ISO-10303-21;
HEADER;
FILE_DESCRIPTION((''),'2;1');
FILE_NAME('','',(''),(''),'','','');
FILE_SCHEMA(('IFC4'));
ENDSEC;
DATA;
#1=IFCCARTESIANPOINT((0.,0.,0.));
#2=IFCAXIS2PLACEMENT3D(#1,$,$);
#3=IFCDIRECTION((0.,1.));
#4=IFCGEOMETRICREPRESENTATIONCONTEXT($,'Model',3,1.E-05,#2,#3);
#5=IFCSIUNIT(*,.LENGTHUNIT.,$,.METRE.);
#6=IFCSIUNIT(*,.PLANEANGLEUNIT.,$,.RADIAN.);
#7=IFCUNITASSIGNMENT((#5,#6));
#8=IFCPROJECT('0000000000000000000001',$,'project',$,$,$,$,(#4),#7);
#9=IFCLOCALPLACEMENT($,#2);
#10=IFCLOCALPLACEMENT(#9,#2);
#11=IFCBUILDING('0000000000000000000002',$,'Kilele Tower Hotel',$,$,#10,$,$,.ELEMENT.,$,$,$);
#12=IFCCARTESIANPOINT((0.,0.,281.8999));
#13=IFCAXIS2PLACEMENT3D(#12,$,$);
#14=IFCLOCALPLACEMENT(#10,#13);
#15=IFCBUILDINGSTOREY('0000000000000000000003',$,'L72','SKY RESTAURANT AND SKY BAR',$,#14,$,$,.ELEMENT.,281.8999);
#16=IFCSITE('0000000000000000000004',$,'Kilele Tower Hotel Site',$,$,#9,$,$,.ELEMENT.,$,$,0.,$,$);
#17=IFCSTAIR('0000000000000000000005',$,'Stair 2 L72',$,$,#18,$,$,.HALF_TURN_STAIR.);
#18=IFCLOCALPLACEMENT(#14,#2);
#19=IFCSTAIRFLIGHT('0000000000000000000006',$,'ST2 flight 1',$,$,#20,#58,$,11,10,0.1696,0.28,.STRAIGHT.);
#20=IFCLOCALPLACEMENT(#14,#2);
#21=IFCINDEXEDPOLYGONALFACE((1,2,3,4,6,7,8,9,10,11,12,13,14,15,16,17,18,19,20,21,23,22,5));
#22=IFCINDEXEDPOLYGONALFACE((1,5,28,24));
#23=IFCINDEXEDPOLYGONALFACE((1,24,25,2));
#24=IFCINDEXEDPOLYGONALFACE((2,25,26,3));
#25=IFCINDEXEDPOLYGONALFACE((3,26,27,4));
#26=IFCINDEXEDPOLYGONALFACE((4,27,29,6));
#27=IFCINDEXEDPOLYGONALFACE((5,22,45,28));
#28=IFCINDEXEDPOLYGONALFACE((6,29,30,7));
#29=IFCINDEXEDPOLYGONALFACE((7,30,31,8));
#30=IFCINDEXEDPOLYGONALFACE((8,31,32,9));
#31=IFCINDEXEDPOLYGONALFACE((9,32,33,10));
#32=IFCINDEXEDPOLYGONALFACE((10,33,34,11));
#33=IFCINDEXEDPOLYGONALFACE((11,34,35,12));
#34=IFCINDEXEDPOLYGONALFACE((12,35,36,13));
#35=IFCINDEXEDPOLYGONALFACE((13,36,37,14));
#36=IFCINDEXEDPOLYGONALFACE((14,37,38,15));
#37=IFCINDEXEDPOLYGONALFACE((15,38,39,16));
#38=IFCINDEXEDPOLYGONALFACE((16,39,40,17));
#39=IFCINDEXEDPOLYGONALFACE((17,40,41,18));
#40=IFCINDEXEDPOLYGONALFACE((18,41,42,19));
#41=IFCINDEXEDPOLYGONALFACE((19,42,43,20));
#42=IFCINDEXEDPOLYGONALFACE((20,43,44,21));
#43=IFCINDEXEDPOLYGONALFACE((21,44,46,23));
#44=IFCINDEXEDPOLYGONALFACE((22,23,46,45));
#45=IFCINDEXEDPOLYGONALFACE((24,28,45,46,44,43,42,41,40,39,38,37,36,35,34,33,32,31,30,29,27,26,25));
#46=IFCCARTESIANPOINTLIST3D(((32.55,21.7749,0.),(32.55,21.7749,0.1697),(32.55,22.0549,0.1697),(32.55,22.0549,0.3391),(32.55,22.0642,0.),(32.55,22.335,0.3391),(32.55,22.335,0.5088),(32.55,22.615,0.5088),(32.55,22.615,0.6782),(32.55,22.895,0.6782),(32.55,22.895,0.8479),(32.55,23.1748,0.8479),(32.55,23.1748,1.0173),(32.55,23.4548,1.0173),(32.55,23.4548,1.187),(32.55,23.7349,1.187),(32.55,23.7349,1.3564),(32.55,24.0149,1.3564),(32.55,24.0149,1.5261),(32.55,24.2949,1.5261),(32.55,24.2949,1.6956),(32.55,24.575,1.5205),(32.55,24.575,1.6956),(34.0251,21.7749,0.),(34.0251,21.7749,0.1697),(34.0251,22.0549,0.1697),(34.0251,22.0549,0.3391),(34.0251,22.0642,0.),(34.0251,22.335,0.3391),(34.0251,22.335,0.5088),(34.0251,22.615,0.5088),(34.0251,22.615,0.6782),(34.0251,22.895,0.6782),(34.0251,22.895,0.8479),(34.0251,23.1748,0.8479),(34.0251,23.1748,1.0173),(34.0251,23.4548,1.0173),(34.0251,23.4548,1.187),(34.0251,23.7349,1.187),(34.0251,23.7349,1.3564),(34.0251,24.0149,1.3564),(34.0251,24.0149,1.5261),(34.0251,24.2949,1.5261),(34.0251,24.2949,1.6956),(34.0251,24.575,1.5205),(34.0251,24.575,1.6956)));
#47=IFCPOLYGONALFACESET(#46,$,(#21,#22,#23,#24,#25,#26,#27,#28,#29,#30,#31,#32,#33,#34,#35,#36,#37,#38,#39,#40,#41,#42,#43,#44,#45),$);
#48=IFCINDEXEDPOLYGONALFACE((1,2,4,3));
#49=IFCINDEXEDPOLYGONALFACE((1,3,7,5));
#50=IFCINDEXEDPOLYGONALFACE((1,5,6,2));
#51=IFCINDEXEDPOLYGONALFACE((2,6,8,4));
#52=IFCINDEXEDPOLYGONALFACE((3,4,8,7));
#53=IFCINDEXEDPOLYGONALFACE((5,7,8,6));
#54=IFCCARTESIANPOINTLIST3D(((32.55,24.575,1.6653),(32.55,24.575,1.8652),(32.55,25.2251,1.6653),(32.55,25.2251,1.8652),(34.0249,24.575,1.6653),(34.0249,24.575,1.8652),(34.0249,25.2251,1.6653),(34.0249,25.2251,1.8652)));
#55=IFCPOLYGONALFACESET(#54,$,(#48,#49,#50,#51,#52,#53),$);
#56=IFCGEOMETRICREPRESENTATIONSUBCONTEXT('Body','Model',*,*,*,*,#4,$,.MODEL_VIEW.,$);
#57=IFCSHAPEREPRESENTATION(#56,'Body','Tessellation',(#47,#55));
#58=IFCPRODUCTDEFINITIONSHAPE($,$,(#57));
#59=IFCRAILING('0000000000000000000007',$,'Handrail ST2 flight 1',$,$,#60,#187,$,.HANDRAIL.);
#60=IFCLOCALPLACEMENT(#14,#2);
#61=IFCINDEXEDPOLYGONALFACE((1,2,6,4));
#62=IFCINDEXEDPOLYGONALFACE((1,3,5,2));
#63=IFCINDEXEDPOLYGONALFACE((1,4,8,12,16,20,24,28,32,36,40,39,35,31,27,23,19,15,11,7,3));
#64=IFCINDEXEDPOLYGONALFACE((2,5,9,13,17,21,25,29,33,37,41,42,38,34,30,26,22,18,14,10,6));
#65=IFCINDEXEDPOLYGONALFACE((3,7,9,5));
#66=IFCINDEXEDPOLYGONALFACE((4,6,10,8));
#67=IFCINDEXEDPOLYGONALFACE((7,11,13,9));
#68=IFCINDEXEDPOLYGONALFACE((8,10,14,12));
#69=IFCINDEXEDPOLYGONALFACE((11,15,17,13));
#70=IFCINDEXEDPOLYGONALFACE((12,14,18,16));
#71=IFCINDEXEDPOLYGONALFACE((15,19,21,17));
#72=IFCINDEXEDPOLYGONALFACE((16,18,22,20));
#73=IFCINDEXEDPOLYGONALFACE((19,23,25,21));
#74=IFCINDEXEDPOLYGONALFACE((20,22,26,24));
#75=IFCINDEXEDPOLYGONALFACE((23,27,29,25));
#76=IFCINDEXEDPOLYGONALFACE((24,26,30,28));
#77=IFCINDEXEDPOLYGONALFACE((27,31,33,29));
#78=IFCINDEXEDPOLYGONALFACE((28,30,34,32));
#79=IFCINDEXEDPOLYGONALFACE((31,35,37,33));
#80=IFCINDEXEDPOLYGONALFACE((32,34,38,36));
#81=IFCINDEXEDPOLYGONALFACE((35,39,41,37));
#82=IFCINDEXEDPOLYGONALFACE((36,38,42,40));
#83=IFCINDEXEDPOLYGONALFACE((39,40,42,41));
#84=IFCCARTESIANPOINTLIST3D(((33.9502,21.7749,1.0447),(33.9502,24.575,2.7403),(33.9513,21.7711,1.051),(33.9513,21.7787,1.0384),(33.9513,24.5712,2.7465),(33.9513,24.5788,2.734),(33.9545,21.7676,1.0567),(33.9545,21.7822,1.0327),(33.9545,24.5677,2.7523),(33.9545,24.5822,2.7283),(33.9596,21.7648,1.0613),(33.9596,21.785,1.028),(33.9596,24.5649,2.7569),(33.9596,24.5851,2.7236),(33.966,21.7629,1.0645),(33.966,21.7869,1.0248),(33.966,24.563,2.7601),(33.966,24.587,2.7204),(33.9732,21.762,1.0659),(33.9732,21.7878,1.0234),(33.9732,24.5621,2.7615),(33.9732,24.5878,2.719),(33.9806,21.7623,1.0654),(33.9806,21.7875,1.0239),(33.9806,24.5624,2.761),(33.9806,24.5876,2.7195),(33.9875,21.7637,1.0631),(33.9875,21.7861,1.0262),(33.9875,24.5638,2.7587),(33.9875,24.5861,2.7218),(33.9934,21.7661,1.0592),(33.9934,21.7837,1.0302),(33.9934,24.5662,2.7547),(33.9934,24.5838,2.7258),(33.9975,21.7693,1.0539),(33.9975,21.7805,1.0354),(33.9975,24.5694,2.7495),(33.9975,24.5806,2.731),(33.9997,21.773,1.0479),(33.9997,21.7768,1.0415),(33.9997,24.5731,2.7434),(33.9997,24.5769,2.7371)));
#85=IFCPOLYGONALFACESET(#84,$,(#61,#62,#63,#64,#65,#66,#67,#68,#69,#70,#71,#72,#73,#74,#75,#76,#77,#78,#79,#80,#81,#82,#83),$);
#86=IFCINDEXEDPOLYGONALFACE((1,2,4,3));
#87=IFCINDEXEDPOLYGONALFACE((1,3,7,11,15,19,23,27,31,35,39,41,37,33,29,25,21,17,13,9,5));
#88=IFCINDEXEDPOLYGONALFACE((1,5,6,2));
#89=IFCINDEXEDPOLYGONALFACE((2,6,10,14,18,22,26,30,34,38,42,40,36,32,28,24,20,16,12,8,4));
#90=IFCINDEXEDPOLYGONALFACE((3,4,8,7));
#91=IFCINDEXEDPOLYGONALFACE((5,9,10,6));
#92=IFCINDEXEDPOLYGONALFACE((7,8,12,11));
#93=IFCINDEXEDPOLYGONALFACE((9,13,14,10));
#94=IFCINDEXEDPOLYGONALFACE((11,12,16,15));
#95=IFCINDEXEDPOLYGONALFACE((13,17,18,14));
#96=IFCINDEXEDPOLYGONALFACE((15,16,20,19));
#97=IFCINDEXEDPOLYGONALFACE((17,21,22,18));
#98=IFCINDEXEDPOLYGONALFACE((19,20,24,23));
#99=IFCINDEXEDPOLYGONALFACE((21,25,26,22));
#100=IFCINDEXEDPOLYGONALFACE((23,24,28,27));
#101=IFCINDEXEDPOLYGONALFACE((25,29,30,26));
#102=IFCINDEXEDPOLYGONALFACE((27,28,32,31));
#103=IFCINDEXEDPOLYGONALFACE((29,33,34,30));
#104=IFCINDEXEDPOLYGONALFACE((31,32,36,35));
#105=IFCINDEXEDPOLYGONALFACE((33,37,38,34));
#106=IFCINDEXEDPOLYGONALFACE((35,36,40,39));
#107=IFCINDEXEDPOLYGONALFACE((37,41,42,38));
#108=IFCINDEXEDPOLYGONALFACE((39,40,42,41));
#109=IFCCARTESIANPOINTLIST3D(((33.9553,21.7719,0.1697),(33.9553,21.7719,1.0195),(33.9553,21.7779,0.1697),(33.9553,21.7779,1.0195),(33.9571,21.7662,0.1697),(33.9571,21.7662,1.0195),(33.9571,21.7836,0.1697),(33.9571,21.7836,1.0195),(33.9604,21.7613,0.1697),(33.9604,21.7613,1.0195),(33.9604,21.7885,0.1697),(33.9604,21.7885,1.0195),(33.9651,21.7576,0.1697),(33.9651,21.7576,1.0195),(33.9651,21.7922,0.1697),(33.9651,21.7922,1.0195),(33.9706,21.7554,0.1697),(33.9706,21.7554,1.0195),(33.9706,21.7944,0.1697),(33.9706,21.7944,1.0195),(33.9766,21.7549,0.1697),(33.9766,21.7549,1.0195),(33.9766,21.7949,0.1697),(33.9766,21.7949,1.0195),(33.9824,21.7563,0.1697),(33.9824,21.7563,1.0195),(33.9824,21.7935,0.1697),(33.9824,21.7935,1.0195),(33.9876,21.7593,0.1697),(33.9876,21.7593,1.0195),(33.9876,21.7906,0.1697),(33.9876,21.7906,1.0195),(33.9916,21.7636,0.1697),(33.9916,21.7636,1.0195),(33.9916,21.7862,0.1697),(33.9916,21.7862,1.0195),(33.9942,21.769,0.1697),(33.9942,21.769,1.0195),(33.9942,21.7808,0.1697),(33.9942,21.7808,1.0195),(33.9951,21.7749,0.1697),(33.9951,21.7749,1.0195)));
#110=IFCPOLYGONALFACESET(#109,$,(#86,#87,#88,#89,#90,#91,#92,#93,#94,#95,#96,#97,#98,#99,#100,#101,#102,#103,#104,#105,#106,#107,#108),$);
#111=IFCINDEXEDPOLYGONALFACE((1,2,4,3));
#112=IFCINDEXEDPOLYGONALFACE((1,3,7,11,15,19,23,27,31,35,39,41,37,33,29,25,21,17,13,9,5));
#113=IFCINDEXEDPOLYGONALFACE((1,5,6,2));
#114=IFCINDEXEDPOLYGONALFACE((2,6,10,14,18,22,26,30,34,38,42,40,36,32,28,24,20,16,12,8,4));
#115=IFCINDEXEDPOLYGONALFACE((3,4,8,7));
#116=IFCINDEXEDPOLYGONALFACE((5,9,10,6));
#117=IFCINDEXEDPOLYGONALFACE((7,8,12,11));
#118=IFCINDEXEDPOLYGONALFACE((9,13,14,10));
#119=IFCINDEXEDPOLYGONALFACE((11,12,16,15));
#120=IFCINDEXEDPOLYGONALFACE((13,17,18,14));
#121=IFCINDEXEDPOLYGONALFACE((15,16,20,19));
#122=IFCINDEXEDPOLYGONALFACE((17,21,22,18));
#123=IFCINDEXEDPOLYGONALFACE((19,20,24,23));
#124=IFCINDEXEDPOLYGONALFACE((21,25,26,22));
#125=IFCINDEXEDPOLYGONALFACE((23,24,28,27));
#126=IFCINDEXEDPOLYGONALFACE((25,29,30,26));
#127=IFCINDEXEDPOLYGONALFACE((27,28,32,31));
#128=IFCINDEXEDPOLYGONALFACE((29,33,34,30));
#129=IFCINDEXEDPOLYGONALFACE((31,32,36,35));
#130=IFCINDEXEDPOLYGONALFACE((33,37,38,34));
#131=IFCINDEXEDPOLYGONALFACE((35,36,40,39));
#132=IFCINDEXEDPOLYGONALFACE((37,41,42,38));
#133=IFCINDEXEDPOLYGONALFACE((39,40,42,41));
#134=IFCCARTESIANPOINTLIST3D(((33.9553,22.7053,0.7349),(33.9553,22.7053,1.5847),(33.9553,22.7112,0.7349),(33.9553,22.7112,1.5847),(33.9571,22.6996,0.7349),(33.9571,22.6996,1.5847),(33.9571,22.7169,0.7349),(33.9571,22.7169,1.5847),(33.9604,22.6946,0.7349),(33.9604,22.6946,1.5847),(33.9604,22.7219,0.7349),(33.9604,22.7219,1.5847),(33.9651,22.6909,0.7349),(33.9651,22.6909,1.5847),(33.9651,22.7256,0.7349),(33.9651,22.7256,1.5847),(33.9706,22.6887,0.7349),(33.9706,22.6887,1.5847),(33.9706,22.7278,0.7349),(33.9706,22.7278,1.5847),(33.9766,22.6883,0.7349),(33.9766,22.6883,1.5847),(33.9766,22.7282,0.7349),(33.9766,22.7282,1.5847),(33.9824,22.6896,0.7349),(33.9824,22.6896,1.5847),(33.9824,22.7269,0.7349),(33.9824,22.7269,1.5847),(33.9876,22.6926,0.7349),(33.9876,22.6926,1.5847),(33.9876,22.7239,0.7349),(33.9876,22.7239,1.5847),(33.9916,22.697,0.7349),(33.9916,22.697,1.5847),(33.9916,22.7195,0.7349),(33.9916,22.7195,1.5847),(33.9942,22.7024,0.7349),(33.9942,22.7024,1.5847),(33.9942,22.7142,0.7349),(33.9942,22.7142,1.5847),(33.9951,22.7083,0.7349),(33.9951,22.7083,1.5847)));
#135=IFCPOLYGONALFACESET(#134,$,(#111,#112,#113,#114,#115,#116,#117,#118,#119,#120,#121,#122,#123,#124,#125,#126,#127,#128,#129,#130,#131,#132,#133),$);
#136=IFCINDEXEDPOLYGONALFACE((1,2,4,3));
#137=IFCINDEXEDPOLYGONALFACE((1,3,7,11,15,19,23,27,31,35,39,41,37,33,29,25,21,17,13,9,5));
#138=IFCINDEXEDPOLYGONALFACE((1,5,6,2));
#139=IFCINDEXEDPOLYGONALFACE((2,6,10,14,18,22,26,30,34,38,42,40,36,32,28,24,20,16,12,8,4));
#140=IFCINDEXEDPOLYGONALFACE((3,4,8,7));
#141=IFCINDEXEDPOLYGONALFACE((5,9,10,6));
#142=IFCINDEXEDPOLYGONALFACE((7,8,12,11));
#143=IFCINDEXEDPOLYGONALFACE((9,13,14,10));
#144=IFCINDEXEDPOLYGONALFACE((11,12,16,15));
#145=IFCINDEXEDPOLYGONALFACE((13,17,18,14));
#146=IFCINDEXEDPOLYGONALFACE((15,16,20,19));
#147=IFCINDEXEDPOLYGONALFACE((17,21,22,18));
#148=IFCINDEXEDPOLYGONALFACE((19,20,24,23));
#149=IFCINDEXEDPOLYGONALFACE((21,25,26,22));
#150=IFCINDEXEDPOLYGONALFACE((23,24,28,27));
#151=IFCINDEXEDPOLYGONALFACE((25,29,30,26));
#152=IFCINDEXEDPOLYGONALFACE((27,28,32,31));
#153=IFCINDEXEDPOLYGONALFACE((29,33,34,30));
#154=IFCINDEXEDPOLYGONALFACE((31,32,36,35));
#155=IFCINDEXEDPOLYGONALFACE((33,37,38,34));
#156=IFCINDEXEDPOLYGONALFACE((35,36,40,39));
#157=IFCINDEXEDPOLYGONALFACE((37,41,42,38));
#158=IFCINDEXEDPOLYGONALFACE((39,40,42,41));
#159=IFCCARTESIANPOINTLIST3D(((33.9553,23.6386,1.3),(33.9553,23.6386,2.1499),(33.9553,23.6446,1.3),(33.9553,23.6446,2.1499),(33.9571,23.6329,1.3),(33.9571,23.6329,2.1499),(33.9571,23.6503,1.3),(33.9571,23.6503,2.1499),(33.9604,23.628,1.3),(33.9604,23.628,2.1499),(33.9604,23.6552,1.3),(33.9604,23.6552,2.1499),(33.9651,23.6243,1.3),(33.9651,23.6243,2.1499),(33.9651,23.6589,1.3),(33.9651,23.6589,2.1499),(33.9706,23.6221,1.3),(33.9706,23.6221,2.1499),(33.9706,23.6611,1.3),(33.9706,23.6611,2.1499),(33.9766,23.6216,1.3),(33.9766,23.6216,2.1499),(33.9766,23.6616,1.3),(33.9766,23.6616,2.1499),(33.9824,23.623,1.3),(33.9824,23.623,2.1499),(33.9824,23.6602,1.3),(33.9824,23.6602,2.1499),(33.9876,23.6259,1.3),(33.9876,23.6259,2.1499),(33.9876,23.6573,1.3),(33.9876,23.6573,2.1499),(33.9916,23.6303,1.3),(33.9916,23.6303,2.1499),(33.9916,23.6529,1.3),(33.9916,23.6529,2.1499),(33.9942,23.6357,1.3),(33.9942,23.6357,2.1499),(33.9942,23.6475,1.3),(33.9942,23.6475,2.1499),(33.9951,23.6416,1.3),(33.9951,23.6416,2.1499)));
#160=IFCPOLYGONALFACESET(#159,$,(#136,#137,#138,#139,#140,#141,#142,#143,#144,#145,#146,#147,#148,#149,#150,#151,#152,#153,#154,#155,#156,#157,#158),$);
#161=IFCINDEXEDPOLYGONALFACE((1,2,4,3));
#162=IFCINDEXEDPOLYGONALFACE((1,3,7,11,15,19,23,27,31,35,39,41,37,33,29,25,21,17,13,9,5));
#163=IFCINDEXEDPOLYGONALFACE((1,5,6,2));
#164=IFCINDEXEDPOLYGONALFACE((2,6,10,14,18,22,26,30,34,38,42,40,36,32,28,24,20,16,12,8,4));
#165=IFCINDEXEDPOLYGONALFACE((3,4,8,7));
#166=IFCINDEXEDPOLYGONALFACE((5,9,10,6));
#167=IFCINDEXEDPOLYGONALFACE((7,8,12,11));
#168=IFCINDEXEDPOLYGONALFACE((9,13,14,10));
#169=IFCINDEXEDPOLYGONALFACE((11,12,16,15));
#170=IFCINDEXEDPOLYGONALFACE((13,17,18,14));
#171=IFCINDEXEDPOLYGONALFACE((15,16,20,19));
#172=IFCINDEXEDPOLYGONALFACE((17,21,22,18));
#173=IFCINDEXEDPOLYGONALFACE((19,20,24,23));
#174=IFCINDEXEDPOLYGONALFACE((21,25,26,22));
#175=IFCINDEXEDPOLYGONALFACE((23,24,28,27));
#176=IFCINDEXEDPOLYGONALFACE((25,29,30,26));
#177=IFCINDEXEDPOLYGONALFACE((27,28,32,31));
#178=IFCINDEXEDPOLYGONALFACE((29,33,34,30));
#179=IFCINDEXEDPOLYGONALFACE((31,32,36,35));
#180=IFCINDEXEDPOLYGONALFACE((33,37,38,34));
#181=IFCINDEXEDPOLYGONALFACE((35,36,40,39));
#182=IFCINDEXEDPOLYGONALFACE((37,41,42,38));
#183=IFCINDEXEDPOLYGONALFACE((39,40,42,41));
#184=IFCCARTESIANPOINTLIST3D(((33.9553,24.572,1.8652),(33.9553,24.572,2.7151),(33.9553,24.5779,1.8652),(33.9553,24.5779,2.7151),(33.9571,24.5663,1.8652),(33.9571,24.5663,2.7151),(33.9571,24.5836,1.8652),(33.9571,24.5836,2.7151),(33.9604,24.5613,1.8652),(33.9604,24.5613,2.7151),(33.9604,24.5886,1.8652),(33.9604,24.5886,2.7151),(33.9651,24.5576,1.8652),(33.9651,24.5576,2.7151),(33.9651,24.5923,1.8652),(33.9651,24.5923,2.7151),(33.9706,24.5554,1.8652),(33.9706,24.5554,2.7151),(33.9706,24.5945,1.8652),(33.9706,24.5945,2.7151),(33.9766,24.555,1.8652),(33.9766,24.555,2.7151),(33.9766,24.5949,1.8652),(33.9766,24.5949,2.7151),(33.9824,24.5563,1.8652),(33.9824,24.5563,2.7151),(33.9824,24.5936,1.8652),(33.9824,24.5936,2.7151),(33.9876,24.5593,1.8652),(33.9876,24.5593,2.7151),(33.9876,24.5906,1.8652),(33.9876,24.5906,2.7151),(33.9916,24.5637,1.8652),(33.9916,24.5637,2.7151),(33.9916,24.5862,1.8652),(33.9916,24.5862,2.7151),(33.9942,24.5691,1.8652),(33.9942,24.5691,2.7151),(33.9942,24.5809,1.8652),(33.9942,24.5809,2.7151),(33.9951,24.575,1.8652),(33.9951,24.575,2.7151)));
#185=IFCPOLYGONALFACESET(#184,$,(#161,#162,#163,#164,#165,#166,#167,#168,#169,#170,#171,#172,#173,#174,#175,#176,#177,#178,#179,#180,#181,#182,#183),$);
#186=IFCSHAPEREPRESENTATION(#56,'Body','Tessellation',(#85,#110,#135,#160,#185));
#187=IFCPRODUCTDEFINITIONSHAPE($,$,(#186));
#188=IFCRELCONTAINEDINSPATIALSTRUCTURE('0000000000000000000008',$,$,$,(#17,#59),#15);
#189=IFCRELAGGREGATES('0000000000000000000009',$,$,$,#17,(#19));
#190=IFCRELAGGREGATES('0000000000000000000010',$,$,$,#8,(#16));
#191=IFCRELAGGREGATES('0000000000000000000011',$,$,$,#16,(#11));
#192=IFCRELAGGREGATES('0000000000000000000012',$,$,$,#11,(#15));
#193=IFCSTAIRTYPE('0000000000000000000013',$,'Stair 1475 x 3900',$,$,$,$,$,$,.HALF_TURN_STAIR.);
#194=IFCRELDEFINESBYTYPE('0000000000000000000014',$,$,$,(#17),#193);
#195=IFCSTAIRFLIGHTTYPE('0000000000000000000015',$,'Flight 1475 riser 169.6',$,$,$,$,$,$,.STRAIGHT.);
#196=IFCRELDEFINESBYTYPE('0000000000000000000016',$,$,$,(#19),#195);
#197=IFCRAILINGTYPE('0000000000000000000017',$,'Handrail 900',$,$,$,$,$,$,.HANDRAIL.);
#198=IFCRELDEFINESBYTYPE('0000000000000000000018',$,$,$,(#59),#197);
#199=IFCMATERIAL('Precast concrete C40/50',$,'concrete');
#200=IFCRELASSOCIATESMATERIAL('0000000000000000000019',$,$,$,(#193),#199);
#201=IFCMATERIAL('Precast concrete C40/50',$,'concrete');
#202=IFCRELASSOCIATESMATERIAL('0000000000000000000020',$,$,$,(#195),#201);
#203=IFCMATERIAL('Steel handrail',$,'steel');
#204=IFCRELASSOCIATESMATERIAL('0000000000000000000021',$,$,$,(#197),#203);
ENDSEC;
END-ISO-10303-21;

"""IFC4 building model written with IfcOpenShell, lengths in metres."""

from ifc_helpers import new_model, si_unit, direction, frame, origin, origin_2d, place, context, subcontext, project, spatial, polyline, circle, outline, extrude, material, type_object, element, aggregate, save


model = new_model("IFC4")

# Units and contexts
model_context = context("Model", 3, precision=1e-05, world=origin(), true_north=direction((0.0, 1.0)))
body_context = subcontext(model_context, "Body", "Model", "MODEL_VIEW")
ifc_project = project(units=[si_unit("LENGTHUNIT", "METRE"), si_unit("PLANEANGLEUNIT", "RADIAN")], contexts=[model_context])

# Site, building, storey
site_placement = place(None, origin())
site = spatial("IfcSite", under=ifc_project, at=site_placement, Name="Kilele Tower Hotel Site", CompositionType="ELEMENT", RefElevation=0.0)
building_placement = place(site_placement, origin())
building = spatial("IfcBuilding", under=site, at=building_placement, Name="Kilele Tower Hotel", CompositionType="ELEMENT")
storey_placement = place(building_placement, frame((0.0, 0.0, 281.8999)))
storey = spatial("IfcBuildingStorey", under=building, at=storey_placement, Name="L72", Description="SKY RESTAURANT AND SKY BAR", CompositionType="ELEMENT", Elevation=281.8999)

# Stair, stair flight
ifc_material_1 = material(Name="Precast concrete C40/50", Category="concrete")
stair_type = type_object("IfcStairType", Name="Stair 1475 x 3900", PredefinedType="HALF_TURN_STAIR", material=ifc_material_1)
stair_placement = place(storey_placement, origin())
stair = element("IfcStair", 1, at=stair_placement, inside=storey, type_object=stair_type, Name="Stair 2 L72", PredefinedType="HALF_TURN_STAIR")
ifc_material_2 = material(Name="Precast concrete C40/50", Category="concrete")
stair_flight_type = type_object("IfcStairFlightType", Name="Flight 1475 riser 169.6", PredefinedType="STRAIGHT", material=ifc_material_2)
stair_flight_placement = place(storey_placement, frame((33.2876, 21.7749, 0.0), z_axis=(0.0, 0.0, 1.0), x_axis=(0.0, 1.0, 0.0)))
stair_flight = element("IfcStairFlight", 2, at=stair_flight_placement, type_object=stair_flight_type, Name="ST2 flight 1", NumberOfRisers=11, NumberOfTreads=10, PredefinedType="STRAIGHT", RiserHeight=0.1696, TreadLength=0.28, context=body_context, shape_type="SweptSolid", body=[
    extrude(outline(polyline([(0.0, 0.0), (0.0, 0.1697), (0.28, 0.1697), (0.28, 0.3391), (0.5601, 0.3391), (0.5601, 0.5088), (0.8401, 0.5088), (0.8401, 0.6782), (1.1201, 0.6782), (1.1201, 0.8479), (1.3999, 0.8479), (1.3999, 1.0173), (1.6799, 1.0173), (1.6799, 1.187), (1.96, 1.187), (1.96, 1.3564), (2.24, 1.3564), (2.24, 1.5261), (2.52, 1.5261), (2.52, 1.6956), (2.8, 1.6956), (2.8, 1.8652), (2.8, 1.5205), (0.2893, 0.0), (0.0, 0.0)])), frame((0.0, 0.7375, 0.0), z_axis=(0.0, -1.0, 0.0), x_axis=(1.0, 0.0, 0.0)), (0.0, 0.0, 1.0), 1.4751),
    extrude(outline(polyline([(2.8, 0.7375), (2.8, -0.7373), (3.4502, -0.7373), (3.4502, 0.7375), (2.8, 0.7375)])), frame((0.0, 0.0, 1.6653)), (0.0, 0.0, 1.0), 0.2),
])
aggregate(stair, [stair_flight])

# Railing
ifc_material_3 = material(Name="Steel handrail", Category="steel")
railing_type_1 = type_object("IfcRailingType", Name="Handrail 900", PredefinedType="HANDRAIL", material=ifc_material_3)
railing_1_placement = place(storey_placement, frame((33.9751, 21.7749, 0.1697)))
element("IfcRailing", 3, at=railing_1_placement, inside=storey, type_object=railing_type_1, Name="Handrail ST2 flight 1", PredefinedType="HANDRAIL", context=body_context, shape_type="SweptSolid", body=[
    extrude(circle(Radius=0.0249, at=origin_2d()), frame((0.0, 0.0, 0.875), z_axis=(0.0, 0.855393, 0.517979), x_axis=(-1.0, 0.0, 0.0)), (0.0, 0.0, 1.0), 3.2734),
    extrude(circle(Radius=0.02, at=origin_2d()), origin(), (0.0, 0.0, 1.0), 0.8499),
    extrude(circle(Radius=0.02, at=origin_2d()), frame((0.0, 0.9333, 0.5652)), (0.0, 0.0, 1.0), 0.8499),
    extrude(circle(Radius=0.02, at=origin_2d()), frame((0.0, 1.8667, 1.1304)), (0.0, 0.0, 1.0), 0.8499),
    extrude(circle(Radius=0.02, at=origin_2d()), frame((0.0, 2.8, 1.6956)), (0.0, 0.0, 1.0), 0.8499),
])

save(model, "model.ifc")
